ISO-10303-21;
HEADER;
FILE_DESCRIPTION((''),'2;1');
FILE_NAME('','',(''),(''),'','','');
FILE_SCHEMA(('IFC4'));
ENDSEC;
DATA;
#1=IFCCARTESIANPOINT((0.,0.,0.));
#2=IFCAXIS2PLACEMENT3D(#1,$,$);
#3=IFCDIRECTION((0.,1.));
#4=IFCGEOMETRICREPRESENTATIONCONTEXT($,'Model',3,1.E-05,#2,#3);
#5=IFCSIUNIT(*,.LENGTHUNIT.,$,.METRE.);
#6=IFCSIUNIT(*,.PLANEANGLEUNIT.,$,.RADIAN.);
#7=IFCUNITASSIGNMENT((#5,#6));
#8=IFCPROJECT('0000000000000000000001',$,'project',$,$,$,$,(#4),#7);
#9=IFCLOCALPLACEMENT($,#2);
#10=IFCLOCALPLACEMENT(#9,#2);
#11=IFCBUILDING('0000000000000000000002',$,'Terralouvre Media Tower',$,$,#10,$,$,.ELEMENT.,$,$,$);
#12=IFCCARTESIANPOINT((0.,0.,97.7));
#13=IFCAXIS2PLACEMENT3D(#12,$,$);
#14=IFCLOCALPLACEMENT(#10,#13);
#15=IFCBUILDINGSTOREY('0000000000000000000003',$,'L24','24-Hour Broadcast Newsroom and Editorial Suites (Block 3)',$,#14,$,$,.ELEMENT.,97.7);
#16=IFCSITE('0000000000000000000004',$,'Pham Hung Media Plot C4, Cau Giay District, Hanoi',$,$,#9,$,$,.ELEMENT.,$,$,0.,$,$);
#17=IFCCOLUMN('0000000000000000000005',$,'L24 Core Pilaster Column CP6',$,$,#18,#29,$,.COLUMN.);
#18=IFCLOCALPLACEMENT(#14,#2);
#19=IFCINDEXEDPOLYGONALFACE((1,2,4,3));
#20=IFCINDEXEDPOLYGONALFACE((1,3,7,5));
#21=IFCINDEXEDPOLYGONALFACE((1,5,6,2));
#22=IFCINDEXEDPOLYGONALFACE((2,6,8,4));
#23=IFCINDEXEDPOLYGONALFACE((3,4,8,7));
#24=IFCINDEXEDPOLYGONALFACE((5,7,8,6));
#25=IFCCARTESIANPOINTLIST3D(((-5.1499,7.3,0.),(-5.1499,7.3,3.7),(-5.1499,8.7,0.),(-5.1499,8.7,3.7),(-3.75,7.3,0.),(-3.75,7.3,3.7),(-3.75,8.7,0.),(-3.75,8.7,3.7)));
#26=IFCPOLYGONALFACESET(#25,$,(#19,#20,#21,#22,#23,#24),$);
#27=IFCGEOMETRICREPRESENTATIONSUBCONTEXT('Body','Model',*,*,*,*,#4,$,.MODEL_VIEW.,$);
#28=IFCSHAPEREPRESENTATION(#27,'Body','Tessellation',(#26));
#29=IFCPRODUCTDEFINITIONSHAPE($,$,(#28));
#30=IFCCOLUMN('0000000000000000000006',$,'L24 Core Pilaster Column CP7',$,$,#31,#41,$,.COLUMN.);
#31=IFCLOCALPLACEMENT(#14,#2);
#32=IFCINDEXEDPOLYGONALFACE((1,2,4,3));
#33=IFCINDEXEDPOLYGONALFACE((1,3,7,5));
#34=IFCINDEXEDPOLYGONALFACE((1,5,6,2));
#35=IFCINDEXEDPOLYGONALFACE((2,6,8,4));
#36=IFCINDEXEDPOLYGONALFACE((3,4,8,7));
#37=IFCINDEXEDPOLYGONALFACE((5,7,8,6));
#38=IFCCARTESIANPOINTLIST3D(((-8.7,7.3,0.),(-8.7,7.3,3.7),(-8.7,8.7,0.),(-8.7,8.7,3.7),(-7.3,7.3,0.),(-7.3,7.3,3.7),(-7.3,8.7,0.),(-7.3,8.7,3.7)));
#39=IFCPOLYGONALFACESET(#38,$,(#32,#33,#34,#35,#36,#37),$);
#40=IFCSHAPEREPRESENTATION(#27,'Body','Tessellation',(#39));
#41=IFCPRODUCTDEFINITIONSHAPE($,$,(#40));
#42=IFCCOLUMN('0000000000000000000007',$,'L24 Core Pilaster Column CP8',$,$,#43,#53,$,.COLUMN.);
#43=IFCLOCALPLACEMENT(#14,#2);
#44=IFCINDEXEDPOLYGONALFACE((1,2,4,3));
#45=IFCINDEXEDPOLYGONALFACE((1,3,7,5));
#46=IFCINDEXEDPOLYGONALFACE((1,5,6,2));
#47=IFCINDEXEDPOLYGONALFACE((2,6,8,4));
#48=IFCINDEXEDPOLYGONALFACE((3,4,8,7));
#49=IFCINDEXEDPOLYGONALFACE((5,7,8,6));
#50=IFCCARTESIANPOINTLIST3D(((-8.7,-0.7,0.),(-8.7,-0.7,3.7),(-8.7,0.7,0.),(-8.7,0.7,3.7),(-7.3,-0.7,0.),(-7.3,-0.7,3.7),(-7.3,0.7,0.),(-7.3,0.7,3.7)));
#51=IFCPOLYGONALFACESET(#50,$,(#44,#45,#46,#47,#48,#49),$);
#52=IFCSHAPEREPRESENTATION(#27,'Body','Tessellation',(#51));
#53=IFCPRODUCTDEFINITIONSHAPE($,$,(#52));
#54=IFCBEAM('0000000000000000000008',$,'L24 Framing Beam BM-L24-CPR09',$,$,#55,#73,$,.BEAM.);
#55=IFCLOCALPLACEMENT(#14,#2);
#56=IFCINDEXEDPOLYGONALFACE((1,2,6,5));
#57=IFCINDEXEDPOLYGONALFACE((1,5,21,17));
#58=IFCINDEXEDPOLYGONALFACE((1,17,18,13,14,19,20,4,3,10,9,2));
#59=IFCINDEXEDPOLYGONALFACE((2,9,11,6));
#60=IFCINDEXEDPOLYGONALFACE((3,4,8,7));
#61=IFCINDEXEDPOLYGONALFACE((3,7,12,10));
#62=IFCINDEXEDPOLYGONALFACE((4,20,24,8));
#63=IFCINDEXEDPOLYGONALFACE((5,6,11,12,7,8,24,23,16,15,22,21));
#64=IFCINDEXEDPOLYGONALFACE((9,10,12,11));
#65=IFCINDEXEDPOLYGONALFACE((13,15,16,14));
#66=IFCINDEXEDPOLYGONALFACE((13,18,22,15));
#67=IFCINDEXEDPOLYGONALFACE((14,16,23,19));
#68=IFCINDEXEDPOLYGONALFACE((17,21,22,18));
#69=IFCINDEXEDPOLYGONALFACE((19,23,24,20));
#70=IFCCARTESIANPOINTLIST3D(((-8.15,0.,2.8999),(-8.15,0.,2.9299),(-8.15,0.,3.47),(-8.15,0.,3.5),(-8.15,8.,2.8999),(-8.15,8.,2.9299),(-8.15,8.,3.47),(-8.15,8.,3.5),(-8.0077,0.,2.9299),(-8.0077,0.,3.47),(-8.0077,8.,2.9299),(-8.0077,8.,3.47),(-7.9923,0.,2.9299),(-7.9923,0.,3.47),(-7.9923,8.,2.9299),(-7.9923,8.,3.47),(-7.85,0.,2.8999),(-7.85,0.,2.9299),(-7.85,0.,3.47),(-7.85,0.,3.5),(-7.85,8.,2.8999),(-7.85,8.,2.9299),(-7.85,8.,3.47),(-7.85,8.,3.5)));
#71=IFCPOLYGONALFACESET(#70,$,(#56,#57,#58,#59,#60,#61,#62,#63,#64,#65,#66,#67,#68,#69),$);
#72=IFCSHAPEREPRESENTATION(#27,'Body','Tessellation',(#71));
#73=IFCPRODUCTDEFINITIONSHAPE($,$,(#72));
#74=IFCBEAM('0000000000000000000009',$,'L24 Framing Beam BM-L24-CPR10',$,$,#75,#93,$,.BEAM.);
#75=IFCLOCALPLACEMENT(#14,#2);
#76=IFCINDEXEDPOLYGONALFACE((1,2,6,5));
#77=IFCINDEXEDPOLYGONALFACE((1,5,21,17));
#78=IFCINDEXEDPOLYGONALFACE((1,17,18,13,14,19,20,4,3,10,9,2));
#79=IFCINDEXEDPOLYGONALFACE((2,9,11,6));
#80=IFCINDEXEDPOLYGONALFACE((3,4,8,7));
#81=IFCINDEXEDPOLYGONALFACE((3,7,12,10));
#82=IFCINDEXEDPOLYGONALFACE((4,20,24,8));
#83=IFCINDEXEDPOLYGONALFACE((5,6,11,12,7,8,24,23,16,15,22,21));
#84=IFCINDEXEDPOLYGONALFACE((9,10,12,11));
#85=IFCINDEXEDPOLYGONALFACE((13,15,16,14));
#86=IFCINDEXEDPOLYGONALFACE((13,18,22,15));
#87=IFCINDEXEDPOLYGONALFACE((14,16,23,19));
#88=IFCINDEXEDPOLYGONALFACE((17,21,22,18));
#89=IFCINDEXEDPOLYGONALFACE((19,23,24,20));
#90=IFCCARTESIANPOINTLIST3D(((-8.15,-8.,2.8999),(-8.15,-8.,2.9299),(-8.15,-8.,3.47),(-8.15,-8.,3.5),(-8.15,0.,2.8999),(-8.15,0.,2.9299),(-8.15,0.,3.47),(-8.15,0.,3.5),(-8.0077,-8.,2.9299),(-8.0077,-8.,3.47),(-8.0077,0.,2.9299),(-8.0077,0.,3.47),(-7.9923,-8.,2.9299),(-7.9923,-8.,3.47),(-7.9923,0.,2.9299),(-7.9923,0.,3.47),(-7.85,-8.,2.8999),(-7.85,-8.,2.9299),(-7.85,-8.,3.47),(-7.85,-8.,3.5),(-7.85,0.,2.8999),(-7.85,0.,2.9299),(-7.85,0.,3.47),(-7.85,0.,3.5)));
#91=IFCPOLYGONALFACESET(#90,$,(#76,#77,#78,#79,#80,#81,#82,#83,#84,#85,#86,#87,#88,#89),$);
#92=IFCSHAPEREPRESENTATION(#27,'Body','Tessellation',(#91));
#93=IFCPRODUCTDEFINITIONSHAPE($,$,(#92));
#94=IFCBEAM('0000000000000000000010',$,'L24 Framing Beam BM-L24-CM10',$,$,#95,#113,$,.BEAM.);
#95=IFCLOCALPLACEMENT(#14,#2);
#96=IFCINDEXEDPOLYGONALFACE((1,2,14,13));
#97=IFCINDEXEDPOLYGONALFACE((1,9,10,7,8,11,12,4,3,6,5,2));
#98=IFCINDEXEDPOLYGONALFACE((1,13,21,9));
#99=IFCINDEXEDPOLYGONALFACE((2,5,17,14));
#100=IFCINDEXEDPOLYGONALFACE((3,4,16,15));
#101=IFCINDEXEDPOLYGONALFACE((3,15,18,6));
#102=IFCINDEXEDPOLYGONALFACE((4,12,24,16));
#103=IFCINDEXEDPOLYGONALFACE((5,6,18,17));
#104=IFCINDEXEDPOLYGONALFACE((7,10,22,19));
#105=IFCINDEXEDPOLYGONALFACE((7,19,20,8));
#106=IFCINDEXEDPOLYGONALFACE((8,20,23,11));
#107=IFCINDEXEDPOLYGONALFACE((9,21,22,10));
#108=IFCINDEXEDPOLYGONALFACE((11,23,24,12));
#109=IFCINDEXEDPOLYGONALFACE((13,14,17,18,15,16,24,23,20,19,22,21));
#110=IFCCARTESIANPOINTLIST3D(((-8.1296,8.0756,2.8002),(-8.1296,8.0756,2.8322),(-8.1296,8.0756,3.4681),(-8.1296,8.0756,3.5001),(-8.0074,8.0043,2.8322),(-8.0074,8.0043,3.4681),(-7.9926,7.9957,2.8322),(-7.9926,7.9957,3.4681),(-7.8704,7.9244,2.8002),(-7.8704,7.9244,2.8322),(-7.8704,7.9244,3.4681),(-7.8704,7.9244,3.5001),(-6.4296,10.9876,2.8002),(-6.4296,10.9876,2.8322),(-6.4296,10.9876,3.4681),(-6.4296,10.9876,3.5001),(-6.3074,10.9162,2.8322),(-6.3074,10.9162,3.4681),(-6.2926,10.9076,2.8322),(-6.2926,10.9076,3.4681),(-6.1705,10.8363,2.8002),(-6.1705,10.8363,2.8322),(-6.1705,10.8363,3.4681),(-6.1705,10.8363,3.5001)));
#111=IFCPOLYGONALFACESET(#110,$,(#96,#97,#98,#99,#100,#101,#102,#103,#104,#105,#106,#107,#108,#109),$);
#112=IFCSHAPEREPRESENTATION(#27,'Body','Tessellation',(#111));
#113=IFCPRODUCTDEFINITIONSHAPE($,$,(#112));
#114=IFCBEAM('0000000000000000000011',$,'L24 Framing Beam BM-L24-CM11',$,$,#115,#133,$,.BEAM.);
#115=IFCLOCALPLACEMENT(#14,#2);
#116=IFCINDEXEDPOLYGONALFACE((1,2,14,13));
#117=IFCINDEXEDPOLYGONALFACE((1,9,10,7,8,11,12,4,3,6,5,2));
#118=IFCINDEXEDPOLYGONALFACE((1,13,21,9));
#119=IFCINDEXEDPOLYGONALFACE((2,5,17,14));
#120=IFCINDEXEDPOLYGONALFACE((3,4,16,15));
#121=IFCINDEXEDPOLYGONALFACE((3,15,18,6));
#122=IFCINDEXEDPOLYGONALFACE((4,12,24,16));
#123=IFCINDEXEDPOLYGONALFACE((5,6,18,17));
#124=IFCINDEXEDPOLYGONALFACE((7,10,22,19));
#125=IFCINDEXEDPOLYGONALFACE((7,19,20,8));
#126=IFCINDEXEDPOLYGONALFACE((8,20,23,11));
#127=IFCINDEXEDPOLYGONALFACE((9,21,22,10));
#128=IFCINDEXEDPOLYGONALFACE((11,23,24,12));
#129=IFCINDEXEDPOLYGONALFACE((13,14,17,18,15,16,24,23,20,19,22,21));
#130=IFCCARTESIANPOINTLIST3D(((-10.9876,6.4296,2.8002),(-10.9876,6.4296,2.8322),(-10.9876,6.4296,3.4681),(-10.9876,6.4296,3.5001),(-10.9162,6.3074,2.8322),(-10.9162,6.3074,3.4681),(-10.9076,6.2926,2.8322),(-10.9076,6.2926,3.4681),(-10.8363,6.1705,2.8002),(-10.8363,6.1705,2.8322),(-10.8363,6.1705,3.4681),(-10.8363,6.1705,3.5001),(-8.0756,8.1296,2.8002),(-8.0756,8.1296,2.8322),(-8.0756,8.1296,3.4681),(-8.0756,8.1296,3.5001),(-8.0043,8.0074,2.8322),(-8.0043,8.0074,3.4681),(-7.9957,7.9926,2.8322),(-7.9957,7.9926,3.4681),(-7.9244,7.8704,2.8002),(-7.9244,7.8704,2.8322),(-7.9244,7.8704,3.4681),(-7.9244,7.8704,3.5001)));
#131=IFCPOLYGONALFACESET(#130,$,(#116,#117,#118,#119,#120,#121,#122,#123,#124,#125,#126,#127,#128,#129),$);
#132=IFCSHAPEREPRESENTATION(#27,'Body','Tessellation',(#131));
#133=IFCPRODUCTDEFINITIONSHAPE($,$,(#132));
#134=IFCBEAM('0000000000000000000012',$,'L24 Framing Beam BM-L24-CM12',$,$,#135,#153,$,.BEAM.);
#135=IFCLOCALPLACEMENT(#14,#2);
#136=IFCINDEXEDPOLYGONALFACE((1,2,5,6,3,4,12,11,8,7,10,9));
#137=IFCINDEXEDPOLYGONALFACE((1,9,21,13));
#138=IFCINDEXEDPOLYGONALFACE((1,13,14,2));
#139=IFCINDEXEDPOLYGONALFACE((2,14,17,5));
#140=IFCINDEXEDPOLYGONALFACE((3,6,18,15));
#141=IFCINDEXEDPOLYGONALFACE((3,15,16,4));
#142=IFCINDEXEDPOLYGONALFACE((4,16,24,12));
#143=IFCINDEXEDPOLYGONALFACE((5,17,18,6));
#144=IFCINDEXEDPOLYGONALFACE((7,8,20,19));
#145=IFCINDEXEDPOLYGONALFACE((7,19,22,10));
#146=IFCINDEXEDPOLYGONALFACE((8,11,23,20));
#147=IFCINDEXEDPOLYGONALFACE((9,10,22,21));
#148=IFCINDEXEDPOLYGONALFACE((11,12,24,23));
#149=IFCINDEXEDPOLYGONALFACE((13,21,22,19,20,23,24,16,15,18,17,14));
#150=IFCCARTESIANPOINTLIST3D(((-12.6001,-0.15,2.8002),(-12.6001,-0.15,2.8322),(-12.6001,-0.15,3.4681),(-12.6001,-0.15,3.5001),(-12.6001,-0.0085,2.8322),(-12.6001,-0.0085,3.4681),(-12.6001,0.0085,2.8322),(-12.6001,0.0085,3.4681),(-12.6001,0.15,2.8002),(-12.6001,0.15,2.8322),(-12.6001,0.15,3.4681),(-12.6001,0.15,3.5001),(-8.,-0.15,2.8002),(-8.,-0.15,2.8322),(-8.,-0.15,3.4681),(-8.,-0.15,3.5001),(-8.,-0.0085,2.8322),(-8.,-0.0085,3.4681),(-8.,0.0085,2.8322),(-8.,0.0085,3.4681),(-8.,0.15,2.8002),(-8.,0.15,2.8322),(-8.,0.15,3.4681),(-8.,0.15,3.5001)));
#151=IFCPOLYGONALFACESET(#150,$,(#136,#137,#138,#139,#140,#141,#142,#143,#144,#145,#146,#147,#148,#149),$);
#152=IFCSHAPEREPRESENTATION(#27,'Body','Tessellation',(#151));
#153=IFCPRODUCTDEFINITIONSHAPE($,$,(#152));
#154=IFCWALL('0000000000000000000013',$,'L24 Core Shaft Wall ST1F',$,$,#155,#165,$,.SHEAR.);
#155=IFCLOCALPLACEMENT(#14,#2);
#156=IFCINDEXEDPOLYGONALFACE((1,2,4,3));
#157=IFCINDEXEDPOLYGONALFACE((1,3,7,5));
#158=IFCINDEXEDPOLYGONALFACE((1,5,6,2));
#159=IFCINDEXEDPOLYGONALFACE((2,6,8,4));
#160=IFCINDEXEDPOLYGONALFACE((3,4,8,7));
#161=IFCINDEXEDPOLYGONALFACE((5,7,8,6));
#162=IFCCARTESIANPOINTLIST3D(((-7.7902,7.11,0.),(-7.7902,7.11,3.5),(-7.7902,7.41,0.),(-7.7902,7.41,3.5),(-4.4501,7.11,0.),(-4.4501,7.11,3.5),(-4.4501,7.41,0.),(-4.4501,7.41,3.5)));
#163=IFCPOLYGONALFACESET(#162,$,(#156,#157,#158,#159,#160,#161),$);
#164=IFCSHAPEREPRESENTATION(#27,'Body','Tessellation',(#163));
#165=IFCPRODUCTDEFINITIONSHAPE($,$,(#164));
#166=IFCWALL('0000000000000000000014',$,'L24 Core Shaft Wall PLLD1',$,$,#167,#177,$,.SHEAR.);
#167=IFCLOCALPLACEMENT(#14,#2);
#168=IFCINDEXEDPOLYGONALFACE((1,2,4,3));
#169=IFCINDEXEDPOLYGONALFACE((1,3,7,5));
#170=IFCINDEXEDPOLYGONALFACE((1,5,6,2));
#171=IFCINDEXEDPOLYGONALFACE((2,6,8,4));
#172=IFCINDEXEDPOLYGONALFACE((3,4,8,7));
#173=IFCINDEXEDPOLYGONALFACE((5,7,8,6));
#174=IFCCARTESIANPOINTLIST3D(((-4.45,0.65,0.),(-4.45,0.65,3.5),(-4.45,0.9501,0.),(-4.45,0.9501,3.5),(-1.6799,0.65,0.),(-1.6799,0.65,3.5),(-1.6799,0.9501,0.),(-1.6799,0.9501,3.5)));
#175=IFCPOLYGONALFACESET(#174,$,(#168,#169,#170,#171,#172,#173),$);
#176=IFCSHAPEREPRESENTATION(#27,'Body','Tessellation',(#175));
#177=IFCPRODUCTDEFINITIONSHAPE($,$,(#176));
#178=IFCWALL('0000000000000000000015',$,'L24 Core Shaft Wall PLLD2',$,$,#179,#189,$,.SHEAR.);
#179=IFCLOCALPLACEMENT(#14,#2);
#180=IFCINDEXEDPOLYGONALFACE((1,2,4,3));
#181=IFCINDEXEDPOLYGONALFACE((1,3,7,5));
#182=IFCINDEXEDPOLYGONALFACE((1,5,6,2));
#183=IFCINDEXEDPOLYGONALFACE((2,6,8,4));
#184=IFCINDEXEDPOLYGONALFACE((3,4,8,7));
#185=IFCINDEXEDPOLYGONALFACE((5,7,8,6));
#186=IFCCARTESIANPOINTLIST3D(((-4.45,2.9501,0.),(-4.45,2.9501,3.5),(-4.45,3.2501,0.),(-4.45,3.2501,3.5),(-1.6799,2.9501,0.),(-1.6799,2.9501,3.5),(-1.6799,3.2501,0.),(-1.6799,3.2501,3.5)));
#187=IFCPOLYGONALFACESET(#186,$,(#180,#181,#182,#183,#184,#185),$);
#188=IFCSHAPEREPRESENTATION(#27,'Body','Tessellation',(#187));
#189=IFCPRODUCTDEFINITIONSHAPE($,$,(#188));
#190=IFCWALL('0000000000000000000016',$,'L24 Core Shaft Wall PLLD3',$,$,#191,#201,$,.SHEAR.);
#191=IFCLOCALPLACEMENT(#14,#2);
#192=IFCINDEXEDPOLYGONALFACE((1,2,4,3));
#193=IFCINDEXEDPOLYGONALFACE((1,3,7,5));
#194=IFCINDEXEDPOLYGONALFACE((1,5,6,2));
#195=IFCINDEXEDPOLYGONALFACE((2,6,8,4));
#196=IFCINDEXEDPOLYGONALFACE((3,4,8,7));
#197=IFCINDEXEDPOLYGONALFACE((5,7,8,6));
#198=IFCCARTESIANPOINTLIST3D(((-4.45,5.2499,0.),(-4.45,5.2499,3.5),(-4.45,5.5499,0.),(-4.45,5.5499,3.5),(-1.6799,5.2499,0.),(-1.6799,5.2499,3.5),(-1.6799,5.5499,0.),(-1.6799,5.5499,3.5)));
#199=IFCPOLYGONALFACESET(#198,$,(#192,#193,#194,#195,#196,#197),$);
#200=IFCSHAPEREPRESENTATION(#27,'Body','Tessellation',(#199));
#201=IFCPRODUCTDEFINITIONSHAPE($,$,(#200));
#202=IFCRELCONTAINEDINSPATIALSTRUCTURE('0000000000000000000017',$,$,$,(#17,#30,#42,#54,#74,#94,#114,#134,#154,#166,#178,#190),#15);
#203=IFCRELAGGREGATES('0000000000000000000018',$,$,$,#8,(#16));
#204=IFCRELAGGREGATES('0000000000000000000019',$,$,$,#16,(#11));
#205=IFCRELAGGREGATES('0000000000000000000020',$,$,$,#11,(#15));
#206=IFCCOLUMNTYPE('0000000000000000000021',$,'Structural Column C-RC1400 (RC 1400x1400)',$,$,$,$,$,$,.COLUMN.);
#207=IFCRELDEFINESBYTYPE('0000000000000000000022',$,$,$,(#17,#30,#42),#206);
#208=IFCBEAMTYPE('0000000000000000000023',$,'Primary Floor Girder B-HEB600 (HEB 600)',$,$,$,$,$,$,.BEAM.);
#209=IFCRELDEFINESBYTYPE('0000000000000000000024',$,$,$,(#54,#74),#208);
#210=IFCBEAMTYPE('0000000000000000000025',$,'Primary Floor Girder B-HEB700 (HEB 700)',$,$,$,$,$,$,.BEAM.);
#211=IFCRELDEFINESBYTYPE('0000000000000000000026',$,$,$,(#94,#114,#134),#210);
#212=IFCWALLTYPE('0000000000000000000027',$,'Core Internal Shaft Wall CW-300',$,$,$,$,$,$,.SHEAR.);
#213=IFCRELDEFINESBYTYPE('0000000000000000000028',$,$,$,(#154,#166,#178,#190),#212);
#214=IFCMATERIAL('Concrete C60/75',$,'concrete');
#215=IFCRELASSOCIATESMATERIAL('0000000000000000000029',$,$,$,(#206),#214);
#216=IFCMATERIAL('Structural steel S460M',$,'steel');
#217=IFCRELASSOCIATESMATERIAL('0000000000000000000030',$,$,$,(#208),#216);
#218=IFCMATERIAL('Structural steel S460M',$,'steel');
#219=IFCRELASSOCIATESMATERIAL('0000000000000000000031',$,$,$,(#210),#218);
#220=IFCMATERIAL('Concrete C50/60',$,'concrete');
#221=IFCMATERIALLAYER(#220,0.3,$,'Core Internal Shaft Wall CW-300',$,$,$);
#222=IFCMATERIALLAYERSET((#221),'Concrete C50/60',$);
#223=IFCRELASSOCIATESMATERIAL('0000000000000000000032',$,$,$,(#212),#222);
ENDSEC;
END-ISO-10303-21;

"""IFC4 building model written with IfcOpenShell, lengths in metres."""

from ifc_helpers import new_model, si_unit, direction, frame, frame_2d, origin, origin_2d, place, context, subcontext, project, spatial, rectangle, i_section, extrude, material, layer, layer_set, material_profile, profile_set, type_object, element, save


model = new_model("IFC4")

# Units and contexts
model_context = context("Model", 3, precision=1e-05, world=origin(), true_north=direction((0.0, 1.0)))
body_context = subcontext(model_context, "Body", "Model", "MODEL_VIEW")
ifc_project = project(units=[si_unit("LENGTHUNIT", "METRE"), si_unit("PLANEANGLEUNIT", "RADIAN")], contexts=[model_context])

# Site, building, storey
site_placement = place(None, origin())
site = spatial("IfcSite", under=ifc_project, at=site_placement, Name="Pham Hung Media Plot C4, Cau Giay District, Hanoi", CompositionType="ELEMENT", RefElevation=0.0)
building_placement = place(site_placement, origin())
building = spatial("IfcBuilding", under=site, at=building_placement, Name="Terralouvre Media Tower", CompositionType="ELEMENT")
storey_placement = place(building_placement, frame((0.0, 0.0, 97.7)))
storey = spatial("IfcBuildingStorey", under=building, at=storey_placement, Name="L24", Description="24-Hour Broadcast Newsroom and Editorial Suites (Block 3)", CompositionType="ELEMENT", Elevation=97.7)

# Columns
ifc_material_1 = material(Name="Concrete C60/75", Category="concrete")
ifc_material_profile_1 = material_profile(ifc_material_1, rectangle(XDim=1.3999, YDim=1.3999, at=origin_2d()), Name="RC 1400x1400")
ifc_profile_set_1 = profile_set([ifc_material_profile_1], Name="Concrete C60/75")
column_type = type_object("IfcColumnType", Name="Structural Column C-RC1400 (RC 1400x1400)", PredefinedType="COLUMN", material=ifc_profile_set_1)
for number, where, z_axis, x_axis, name in (
    (1, (-4.45, 8.0, 0.0), (0.0, 0.0, 1.0), (1.0, 0.0, 0.0), "L24 Core Pilaster Column CP6"),
    (2, (-8.0, 8.0, 0.0), (0.0, 0.0, 1.0), (1.0, 0.0, 0.0), "L24 Core Pilaster Column CP7"),
    (3, (-8.0, 0.0, 0.0), (0.0, 0.0, 1.0), (1.0, 0.0, 0.0), "L24 Core Pilaster Column CP8"),
):
    element("IfcColumn", number, at=place(storey_placement, frame(where, z_axis=z_axis, x_axis=x_axis)), inside=storey, type_object=column_type, Name=name, PredefinedType="COLUMN", context=body_context, shape_type="SweptSolid", body=[
        extrude(rectangle(XDim=1.3999, YDim=1.3999, at=origin_2d()), origin(), (0.0, 0.0, 1.0), 3.7),
    ])

# Beams
ifc_material_2 = material(Name="Structural steel S460M", Category="steel")
ifc_material_profile_2 = material_profile(ifc_material_2, i_section(OverallWidth=0.3, OverallDepth=0.6001, WebThickness=0.0154, FlangeThickness=0.03, at=origin_2d()), Name="HEB 600")
ifc_profile_set_2 = profile_set([ifc_material_profile_2], Name="Structural steel S460M")
beam_type_1 = type_object("IfcBeamType", Name="Primary Floor Girder B-HEB600 (HEB 600)", PredefinedType="BEAM", material=ifc_profile_set_2)
for number, where, z_axis, x_axis, name in (
    (4, (-8.0, 8.0, 3.2), (0.0, -1.0, 0.0), (1.0, 0.0, 0.0), "L24 Framing Beam BM-L24-CPR09"),
    (5, (-8.0, 0.0, 3.2), (0.0, -1.0, 0.0), (1.0, 0.0, 0.0), "L24 Framing Beam BM-L24-CPR10"),
):
    element("IfcBeam", number, at=place(storey_placement, frame(where, z_axis=z_axis, x_axis=x_axis)), inside=storey, type_object=beam_type_1, Name=name, PredefinedType="BEAM", context=body_context, shape_type="SweptSolid", body=[
        extrude(i_section(OverallWidth=0.3, OverallDepth=0.6001, WebThickness=0.0154, FlangeThickness=0.03, at=origin_2d()), origin(), (0.0, 0.0, 1.0), 8.0),
    ])
ifc_material_3 = material(Name="Structural steel S460M", Category="steel")
ifc_material_profile_3 = material_profile(ifc_material_3, i_section(OverallWidth=0.3, OverallDepth=0.7, WebThickness=0.0171, FlangeThickness=0.032, at=origin_2d()), Name="HEB 700")
ifc_profile_set_3 = profile_set([ifc_material_profile_3], Name="Structural steel S460M")
beam_type_2 = type_object("IfcBeamType", Name="Primary Floor Girder B-HEB700 (HEB 700)", PredefinedType="BEAM", material=ifc_profile_set_3)
for number, where, z_axis, x_axis, name in (
    (6, (-8.0, 8.0, 3.1501), (0.504173, 0.863603, 0.0), (-0.863603, 0.504173, 0.0), "L24 Framing Beam BM-L24-CM10"),
    (7, (-8.0, 8.0, 3.1501), (-0.863603, -0.504173, 0.0), (0.504173, -0.863603, 0.0), "L24 Framing Beam BM-L24-CM11"),
):
    element("IfcBeam", number, at=place(storey_placement, frame(where, z_axis=z_axis, x_axis=x_axis)), inside=storey, type_object=beam_type_2, Name=name, PredefinedType="BEAM", context=body_context, shape_type="SweptSolid", body=[
        extrude(i_section(OverallWidth=0.3, OverallDepth=0.7, WebThickness=0.0171, FlangeThickness=0.032, at=origin_2d()), origin(), (0.0, 0.0, 1.0), 3.3718),
    ])
beam_placement = place(storey_placement, frame((-8.0, 0.0, 3.1501), z_axis=(-1.0, 0.0, 0.0), x_axis=(0.0, -1.0, 0.0)))
element("IfcBeam", 8, at=beam_placement, inside=storey, type_object=beam_type_2, Name="L24 Framing Beam BM-L24-CM12", PredefinedType="BEAM", context=body_context, shape_type="SweptSolid", body=[
    extrude(i_section(OverallWidth=0.3, OverallDepth=0.7, WebThickness=0.0171, FlangeThickness=0.032, at=origin_2d()), origin(), (0.0, 0.0, 1.0), 4.6001),
])

# Shared definitions
ifc_material_4 = material(Name="Concrete C50/60", Category="concrete")
ifc_layer_1 = layer(ifc_material_4, 0.3, Name="Core Internal Shaft Wall CW-300")
ifc_layer_set_1 = layer_set([ifc_layer_1], Name="Concrete C50/60")
wall_type_1 = type_object("IfcWallType", Name="Core Internal Shaft Wall CW-300", PredefinedType="SHEAR", material=ifc_layer_set_1)

# Walls
wall_1_placement = place(storey_placement, frame((-7.79, 7.26, 0.0), z_axis=(0.0, 0.0, 1.0), x_axis=(1.0, 0.0, 0.0)))
element("IfcWall", 9, at=wall_1_placement, inside=storey, type_object=wall_type_1, Name="L24 Core Shaft Wall ST1F", PredefinedType="SHEAR", context=body_context, shape_type="SweptSolid", body=[
    extrude(rectangle(XDim=3.3401, YDim=0.3, at=frame_2d((1.6699, 0.0))), origin(), (0.0, 0.0, 1.0), 3.5),
])
for number, where, z_axis, x_axis, name in (
    (10, (-4.45, 0.8, 0.0), (0.0, 0.0, 1.0), (1.0, 0.0, 0.0), "L24 Core Shaft Wall PLLD1"),
    (11, (-4.45, 3.1001, 0.0), (0.0, 0.0, 1.0), (1.0, 0.0, 0.0), "L24 Core Shaft Wall PLLD2"),
    (12, (-4.45, 5.3999, 0.0), (0.0, 0.0, 1.0), (1.0, 0.0, 0.0), "L24 Core Shaft Wall PLLD3"),
):
    element("IfcWall", number, at=place(storey_placement, frame(where, z_axis=z_axis, x_axis=x_axis)), inside=storey, type_object=wall_type_1, Name=name, PredefinedType="SHEAR", context=body_context, shape_type="SweptSolid", body=[
        extrude(rectangle(XDim=2.77, YDim=0.3, at=frame_2d((1.385, 0.0))), origin(), (0.0, 0.0, 1.0), 3.5),
    ])

save(model, "model.ifc")
